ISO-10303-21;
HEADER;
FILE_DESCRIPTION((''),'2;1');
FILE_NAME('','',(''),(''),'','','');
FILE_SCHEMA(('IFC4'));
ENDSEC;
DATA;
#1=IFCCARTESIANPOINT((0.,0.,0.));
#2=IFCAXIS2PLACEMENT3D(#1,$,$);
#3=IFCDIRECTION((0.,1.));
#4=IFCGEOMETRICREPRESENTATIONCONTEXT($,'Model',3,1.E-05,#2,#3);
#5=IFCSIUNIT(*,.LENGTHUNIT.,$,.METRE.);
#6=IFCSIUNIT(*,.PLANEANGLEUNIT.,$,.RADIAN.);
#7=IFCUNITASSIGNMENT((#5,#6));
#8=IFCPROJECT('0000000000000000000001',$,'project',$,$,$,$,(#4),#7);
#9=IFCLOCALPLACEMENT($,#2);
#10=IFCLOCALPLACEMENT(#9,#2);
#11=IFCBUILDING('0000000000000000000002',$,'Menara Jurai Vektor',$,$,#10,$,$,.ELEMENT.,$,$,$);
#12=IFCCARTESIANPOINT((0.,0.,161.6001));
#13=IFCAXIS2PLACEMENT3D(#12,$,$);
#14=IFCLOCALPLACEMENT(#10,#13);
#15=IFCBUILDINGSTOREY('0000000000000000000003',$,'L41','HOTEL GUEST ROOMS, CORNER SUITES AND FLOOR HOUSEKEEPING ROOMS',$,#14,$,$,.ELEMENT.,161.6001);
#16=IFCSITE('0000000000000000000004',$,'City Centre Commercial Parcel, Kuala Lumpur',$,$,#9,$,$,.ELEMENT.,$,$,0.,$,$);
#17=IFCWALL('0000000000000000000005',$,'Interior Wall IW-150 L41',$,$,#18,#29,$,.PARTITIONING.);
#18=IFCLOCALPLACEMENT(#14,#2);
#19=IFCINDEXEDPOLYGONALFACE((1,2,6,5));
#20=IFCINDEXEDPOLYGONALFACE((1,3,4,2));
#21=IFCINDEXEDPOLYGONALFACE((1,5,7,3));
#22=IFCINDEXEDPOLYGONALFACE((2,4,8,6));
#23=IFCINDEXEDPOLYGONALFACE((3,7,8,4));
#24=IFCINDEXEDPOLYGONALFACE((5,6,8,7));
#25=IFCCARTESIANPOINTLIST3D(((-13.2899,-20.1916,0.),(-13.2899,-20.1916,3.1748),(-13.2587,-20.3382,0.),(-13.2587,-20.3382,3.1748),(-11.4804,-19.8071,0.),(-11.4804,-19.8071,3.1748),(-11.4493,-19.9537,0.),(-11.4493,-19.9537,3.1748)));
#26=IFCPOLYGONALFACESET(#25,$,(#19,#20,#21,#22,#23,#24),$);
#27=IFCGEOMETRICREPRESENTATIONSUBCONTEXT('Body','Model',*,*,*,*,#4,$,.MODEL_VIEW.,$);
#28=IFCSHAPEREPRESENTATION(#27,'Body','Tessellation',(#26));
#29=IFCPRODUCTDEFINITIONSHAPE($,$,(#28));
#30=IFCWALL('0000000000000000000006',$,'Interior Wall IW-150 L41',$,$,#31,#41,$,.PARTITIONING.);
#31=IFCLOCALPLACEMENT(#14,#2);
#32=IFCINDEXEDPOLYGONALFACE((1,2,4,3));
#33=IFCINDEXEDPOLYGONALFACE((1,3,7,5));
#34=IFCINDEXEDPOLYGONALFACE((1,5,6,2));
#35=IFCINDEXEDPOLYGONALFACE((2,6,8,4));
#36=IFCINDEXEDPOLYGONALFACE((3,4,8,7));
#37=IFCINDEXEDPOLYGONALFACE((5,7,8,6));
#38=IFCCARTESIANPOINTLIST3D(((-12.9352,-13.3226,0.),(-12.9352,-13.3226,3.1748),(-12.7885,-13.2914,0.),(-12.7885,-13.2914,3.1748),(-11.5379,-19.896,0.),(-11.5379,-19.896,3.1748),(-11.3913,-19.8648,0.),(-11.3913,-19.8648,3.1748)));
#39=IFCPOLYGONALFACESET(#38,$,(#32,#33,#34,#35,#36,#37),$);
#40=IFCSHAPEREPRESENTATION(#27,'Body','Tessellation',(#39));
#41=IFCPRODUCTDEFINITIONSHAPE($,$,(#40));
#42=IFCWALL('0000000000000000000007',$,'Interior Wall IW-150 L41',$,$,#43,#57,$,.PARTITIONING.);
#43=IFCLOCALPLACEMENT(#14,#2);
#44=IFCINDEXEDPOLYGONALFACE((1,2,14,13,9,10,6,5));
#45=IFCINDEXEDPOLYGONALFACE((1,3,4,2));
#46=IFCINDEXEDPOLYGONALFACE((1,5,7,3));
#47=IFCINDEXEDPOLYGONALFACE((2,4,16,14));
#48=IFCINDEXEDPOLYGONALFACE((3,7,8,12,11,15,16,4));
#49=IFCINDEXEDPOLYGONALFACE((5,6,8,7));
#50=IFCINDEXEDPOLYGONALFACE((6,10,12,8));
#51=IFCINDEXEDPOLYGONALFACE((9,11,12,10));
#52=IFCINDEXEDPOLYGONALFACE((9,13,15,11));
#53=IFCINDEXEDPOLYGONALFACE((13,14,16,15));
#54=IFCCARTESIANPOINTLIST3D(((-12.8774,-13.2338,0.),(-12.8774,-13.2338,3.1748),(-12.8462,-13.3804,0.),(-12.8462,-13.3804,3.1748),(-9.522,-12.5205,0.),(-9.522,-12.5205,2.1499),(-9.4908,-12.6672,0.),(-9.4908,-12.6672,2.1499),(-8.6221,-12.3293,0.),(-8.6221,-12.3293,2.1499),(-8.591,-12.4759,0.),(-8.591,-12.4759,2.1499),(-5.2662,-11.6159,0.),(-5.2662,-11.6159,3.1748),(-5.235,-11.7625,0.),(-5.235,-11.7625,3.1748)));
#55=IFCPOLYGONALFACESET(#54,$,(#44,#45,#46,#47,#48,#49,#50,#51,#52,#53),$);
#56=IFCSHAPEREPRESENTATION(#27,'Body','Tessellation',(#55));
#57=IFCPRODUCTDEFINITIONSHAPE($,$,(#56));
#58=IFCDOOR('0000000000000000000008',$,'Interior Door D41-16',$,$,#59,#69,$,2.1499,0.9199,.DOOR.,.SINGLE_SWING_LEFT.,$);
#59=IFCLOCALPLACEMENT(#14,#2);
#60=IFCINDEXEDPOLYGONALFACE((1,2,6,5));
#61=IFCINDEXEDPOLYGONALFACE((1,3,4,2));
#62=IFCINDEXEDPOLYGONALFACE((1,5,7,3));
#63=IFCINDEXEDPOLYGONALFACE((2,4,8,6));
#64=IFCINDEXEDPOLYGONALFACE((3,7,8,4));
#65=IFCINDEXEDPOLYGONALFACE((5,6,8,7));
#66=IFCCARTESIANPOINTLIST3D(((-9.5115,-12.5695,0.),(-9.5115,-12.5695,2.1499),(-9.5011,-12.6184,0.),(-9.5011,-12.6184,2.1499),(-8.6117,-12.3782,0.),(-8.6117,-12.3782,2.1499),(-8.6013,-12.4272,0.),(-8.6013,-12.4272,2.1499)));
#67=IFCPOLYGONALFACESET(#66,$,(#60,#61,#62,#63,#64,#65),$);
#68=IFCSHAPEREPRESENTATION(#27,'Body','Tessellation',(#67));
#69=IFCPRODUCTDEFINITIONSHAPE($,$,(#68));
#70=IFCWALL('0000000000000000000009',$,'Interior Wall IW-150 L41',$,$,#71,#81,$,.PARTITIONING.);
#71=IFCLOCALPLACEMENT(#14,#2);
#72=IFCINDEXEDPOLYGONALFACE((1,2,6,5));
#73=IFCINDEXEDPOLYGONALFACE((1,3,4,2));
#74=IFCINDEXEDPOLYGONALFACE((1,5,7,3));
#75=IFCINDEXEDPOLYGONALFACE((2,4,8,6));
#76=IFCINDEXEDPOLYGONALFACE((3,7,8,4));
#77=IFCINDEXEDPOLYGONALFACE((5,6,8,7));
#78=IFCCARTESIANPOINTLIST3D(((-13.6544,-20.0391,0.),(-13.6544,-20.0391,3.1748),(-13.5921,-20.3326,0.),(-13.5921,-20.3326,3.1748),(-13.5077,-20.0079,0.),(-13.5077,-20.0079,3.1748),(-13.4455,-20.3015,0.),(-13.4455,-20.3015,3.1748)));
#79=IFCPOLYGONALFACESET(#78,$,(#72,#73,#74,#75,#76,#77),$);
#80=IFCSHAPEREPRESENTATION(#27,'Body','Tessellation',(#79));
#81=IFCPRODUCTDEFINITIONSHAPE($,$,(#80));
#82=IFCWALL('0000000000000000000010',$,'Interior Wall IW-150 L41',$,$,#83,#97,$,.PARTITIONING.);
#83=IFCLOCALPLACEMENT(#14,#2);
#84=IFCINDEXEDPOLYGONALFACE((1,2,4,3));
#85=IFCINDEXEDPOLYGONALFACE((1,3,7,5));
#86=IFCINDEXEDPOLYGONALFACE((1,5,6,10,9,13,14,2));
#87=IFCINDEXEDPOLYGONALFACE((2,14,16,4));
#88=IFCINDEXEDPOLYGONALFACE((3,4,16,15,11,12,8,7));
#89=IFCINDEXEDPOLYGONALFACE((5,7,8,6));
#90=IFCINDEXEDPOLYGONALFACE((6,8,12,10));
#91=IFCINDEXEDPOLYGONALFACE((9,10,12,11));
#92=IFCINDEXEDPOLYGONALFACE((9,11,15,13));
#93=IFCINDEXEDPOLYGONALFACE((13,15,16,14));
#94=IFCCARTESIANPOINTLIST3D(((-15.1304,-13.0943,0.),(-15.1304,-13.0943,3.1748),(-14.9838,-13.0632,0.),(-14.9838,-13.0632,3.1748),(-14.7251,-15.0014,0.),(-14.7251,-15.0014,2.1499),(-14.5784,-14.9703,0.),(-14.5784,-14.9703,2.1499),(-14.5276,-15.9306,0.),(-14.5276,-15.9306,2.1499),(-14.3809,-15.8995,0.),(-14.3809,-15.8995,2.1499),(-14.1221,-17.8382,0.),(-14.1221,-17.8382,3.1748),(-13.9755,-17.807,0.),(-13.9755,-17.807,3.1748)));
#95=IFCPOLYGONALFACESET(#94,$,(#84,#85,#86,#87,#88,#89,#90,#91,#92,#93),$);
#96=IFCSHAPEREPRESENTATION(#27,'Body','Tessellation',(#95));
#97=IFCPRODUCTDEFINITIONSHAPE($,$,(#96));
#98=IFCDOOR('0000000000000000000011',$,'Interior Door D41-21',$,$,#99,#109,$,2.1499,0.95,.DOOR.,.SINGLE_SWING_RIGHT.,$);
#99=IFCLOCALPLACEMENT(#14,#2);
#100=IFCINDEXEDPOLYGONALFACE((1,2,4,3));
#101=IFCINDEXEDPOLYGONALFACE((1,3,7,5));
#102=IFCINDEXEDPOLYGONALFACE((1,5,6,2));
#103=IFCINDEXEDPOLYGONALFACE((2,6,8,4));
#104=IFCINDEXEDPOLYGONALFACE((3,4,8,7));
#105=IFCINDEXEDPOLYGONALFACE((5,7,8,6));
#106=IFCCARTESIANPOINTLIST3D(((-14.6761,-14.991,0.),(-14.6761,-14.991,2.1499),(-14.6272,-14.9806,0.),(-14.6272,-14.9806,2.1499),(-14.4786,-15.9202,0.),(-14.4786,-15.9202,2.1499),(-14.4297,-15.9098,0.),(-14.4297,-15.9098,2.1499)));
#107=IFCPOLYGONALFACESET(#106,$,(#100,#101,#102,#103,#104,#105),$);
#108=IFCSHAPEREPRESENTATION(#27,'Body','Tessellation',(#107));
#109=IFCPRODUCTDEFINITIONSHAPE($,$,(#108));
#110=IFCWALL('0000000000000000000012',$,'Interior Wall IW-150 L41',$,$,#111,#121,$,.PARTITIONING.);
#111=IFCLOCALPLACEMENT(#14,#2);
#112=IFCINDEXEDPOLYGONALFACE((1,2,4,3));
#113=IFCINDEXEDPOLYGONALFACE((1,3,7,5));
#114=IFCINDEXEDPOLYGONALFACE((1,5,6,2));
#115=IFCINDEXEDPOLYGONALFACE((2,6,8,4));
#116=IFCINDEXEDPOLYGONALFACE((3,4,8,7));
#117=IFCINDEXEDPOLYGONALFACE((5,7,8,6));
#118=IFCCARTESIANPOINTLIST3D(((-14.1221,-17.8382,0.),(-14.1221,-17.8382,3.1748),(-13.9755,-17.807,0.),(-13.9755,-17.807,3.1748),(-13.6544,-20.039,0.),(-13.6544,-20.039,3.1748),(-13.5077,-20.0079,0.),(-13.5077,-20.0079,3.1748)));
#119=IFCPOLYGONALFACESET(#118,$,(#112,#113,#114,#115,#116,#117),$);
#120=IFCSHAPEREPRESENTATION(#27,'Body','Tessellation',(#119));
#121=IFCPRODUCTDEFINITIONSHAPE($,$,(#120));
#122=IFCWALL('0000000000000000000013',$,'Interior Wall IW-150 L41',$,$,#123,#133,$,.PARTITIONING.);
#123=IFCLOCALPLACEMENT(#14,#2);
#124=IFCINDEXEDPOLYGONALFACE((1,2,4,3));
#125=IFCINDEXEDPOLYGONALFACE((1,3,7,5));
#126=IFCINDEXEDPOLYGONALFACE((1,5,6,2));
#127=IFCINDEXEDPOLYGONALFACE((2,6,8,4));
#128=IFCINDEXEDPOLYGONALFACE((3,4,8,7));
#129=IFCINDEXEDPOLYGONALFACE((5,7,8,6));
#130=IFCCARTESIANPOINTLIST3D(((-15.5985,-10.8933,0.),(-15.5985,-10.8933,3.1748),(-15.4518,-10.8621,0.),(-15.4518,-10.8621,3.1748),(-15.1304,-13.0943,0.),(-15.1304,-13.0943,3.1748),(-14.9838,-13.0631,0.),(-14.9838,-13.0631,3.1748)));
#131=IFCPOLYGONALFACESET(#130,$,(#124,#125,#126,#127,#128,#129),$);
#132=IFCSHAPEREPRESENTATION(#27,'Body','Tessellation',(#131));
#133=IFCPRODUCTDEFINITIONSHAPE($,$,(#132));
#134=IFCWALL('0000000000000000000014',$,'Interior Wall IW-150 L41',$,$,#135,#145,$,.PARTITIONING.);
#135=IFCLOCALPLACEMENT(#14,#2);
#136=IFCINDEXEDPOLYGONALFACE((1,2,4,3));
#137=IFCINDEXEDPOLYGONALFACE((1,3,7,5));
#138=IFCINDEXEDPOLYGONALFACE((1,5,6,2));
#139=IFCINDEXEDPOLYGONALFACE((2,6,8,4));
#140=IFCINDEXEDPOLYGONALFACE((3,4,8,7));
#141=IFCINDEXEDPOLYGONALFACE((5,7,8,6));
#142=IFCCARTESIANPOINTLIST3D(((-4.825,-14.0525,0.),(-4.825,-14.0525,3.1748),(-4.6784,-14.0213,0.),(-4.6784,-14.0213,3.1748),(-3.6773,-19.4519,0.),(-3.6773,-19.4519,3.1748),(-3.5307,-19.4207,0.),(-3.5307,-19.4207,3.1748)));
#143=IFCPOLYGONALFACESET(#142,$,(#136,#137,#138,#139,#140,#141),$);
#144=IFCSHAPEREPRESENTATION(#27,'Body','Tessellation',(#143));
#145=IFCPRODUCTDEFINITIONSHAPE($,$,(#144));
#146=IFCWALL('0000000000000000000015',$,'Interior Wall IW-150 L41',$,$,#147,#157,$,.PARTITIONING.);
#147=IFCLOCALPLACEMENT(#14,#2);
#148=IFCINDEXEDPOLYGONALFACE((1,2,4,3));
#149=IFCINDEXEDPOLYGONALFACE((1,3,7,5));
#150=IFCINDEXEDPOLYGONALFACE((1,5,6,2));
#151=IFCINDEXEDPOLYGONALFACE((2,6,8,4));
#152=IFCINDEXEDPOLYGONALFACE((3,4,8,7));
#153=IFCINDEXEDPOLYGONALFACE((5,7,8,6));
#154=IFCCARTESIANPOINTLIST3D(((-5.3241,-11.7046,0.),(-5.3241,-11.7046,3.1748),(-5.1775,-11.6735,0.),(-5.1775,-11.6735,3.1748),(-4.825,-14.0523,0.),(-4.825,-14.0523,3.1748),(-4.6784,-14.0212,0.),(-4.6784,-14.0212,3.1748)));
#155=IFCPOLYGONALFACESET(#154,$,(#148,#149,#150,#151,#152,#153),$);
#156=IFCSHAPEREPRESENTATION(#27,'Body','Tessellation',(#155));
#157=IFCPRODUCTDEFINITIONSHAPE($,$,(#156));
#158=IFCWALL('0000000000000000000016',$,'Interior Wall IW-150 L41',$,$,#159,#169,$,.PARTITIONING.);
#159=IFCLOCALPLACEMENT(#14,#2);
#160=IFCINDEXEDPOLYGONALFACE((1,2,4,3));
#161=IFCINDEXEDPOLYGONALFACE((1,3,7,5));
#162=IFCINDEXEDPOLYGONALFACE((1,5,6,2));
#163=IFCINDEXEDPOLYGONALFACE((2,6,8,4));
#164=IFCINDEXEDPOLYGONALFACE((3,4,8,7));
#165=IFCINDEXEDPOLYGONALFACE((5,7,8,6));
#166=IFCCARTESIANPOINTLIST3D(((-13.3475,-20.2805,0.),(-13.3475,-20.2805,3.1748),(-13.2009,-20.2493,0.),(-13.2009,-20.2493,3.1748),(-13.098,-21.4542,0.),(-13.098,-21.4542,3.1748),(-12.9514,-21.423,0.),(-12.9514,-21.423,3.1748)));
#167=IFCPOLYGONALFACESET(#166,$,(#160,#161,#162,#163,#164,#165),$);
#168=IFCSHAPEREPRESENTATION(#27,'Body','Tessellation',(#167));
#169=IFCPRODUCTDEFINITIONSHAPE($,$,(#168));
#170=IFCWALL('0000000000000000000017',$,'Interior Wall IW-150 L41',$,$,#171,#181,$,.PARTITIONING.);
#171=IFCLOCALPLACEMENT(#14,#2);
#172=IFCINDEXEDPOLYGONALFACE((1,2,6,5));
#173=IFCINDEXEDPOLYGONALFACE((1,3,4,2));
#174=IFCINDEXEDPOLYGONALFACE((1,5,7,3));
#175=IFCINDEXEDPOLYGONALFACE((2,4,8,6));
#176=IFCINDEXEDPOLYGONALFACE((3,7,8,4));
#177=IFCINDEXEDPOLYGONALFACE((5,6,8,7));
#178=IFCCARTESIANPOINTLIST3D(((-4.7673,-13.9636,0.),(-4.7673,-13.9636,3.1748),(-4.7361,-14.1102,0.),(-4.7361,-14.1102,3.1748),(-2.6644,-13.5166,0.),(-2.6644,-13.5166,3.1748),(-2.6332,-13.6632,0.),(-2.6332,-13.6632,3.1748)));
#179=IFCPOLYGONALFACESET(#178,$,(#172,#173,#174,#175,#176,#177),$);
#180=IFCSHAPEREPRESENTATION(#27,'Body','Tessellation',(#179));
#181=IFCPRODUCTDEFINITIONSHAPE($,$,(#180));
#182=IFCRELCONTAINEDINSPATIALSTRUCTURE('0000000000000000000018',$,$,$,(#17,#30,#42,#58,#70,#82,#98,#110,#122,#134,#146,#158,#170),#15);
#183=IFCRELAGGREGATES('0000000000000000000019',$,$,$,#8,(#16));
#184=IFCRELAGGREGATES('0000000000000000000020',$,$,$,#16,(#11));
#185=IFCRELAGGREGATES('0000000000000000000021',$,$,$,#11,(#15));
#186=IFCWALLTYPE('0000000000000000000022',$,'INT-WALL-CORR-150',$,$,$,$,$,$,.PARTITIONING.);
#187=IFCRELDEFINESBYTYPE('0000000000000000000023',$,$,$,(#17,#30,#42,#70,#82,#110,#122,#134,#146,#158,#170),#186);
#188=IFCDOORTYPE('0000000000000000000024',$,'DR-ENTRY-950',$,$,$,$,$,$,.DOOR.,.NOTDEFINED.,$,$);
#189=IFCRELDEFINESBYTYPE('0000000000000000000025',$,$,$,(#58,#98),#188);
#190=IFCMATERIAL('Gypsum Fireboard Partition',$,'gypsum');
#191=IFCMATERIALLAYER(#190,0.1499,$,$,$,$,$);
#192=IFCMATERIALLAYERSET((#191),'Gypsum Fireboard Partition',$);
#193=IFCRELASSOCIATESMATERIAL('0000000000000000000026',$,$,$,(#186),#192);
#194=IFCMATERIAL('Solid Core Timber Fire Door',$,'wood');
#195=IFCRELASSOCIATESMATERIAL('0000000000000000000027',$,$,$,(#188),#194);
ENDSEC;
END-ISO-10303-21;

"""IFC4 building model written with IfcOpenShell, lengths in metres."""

from ifc_helpers import new_model, si_unit, direction, frame, frame_2d, origin, place, context, subcontext, project, spatial, rectangle, extrude, material, layer, layer_set, type_object, element, fill, save


model = new_model("IFC4")

# Units and contexts
model_context = context("Model", 3, precision=1e-05, world=origin(), true_north=direction((0.0, 1.0)))
body_context = subcontext(model_context, "Body", "Model", "MODEL_VIEW")
ifc_project = project(units=[si_unit("LENGTHUNIT", "METRE"), si_unit("PLANEANGLEUNIT", "RADIAN")], contexts=[model_context])

# Site, building, storey
site_placement = place(None, origin())
site = spatial("IfcSite", under=ifc_project, at=site_placement, Name="City Centre Commercial Parcel, Kuala Lumpur", CompositionType="ELEMENT", RefElevation=0.0)
building_placement = place(site_placement, origin())
building = spatial("IfcBuilding", under=site, at=building_placement, Name="Menara Jurai Vektor", CompositionType="ELEMENT")
storey_placement = place(building_placement, frame((0.0, 0.0, 161.6001)))
storey = spatial("IfcBuildingStorey", under=building, at=storey_placement, Name="L41", Description="HOTEL GUEST ROOMS, CORNER SUITES AND FLOOR HOUSEKEEPING ROOMS", CompositionType="ELEMENT", Elevation=161.6001)

# Walls
ifc_material_1 = material(Name="Gypsum Fireboard Partition", Category="gypsum")
ifc_layer_1 = layer(ifc_material_1, 0.1499)
ifc_layer_set_1 = layer_set([ifc_layer_1], Name="Gypsum Fireboard Partition")
wall_type = type_object("IfcWallType", Name="INT-WALL-CORR-150", PredefinedType="PARTITIONING", material=ifc_layer_set_1)
wall_1_placement = place(storey_placement, frame((-13.2742, -20.2649, 0.0), z_axis=(0.0, 0.0, 1.0), x_axis=(0.97816, 0.207852, 0.0)))
element("IfcWall", 1, at=wall_1_placement, inside=storey, type_object=wall_type, Name="Interior Wall IW-150 L41", PredefinedType="PARTITIONING", context=body_context, shape_type="SweptSolid", body=[
    extrude(rectangle(XDim=1.8499, YDim=0.1499, at=frame_2d((0.9248, 0.0))), origin(), (0.0, 0.0, 1.0), 3.1748),
])
wall_2_placement = place(storey_placement, frame((-11.4646, -19.8804, 0.0), z_axis=(0.0, 0.0, 1.0), x_axis=(-0.207916, 0.978147, 0.0)))
element("IfcWall", 2, at=wall_2_placement, inside=storey, type_object=wall_type, Name="Interior Wall IW-150 L41", PredefinedType="PARTITIONING", context=body_context, shape_type="SweptSolid", body=[
    extrude(rectangle(XDim=6.7202, YDim=0.1499, at=frame_2d((3.3601, 0.0))), origin(), (0.0, 0.0, 1.0), 3.1748),
])

# Wall, opening, door
wall_3_placement = place(storey_placement, frame((-12.8618, -13.3071, 0.0), z_axis=(0.0, 0.0, 1.0), x_axis=(0.978144, 0.207928, 0.0)))
wall_3 = element("IfcWall", 3, at=wall_3_placement, inside=storey, type_object=wall_type, Name="Interior Wall IW-150 L41", PredefinedType="PARTITIONING", context=body_context, shape_type="SweptSolid", body=[
    extrude(rectangle(XDim=7.7812, YDim=0.1499, at=frame_2d((3.8906, 0.0))), origin(), (0.0, 0.0, 1.0), 3.1748),
])
opening_1_placement = place(wall_3_placement, frame((3.4304, 0.0, 0.0)))
opening_1 = element("IfcOpeningElement", 4, at=opening_1_placement, cuts=wall_3, PredefinedType="OPENING", context=body_context, shape_type="SweptSolid", body=[
    extrude(rectangle(XDim=0.9199, YDim=2.1499, at=frame_2d((0.46, 1.075))), frame((0.0, 0.085, 0.0), z_axis=(0.0, -1.0, 0.0), x_axis=(1.0, 0.0, 0.0)), (0.0, 0.0, 1.0), 0.1699),
])
ifc_material_2 = material(Name="Solid Core Timber Fire Door", Category="wood")
door_type_1 = type_object("IfcDoorType", Name="DR-ENTRY-950", OperationType="NOTDEFINED", PredefinedType="DOOR", material=ifc_material_2)
door_1_placement = place(opening_1_placement, origin())
door_1 = element("IfcDoor", 5, at=door_1_placement, inside=storey, type_object=door_type_1, Name="Interior Door D41-16", OperationType="SINGLE_SWING_LEFT", OverallHeight=2.1499, OverallWidth=0.9199, PredefinedType="DOOR", context=body_context, shape_type="SweptSolid", body=[
    extrude(rectangle(XDim=0.9199, YDim=2.1499, at=frame_2d((0.46, 1.075))), frame((0.0, 0.0249, 0.0), z_axis=(0.0, -1.0, 0.0), x_axis=(1.0, 0.0, 0.0)), (0.0, 0.0, 1.0), 0.05),
])
fill(opening_1, door_1)

# Wall
wall_4_placement = place(storey_placement, frame((-13.5188, -20.3169, 0.0), z_axis=(0.0, 0.0, 1.0), x_axis=(-0.207528, 0.978229, 0.0)))
element("IfcWall", 6, at=wall_4_placement, inside=storey, type_object=wall_type, Name="Interior Wall IW-150 L41", PredefinedType="PARTITIONING", context=body_context, shape_type="SweptSolid", body=[
    extrude(rectangle(XDim=0.3, YDim=0.1499, at=frame_2d((0.1499, 0.0))), origin(), (0.0, 0.0, 1.0), 3.1748),
])

# Wall, opening, door
wall_5_placement = place(storey_placement, frame((-14.0488, -17.8225, 0.0), z_axis=(0.0, 0.0, 1.0), x_axis=(-0.207903, 0.97815, 0.0)))
wall_5 = element("IfcWall", 7, at=wall_5_placement, inside=storey, type_object=wall_type, Name="Interior Wall IW-150 L41", PredefinedType="PARTITIONING", context=body_context, shape_type="SweptSolid", body=[
    extrude(rectangle(XDim=4.8499, YDim=0.1499, at=frame_2d((2.4248, 0.0))), origin(), (0.0, 0.0, 1.0), 3.1748),
])
opening_2_placement = place(wall_5_placement, frame((1.95, 0.0, 0.0)))
opening_2 = element("IfcOpeningElement", 8, at=opening_2_placement, cuts=wall_5, PredefinedType="OPENING", context=body_context, shape_type="SweptSolid", body=[
    extrude(rectangle(XDim=0.95, YDim=2.1499, at=frame_2d((0.4751, 1.075))), frame((0.0, 0.085, 0.0), z_axis=(0.0, -1.0, 0.0), x_axis=(1.0, 0.0, 0.0)), (0.0, 0.0, 1.0), 0.1699),
])
door_2_placement = place(opening_2_placement, origin())
door_2 = element("IfcDoor", 9, at=door_2_placement, inside=storey, type_object=door_type_1, Name="Interior Door D41-21", OperationType="SINGLE_SWING_RIGHT", OverallHeight=2.1499, OverallWidth=0.95, PredefinedType="DOOR", context=body_context, shape_type="SweptSolid", body=[
    extrude(rectangle(XDim=0.95, YDim=2.1499, at=frame_2d((0.4751, 1.075))), frame((0.0, 0.0249, 0.0), z_axis=(0.0, -1.0, 0.0), x_axis=(1.0, 0.0, 0.0)), (0.0, 0.0, 1.0), 0.05),
])
fill(opening_2, door_2)

# Walls
wall_6_placement = place(storey_placement, frame((-13.5811, -20.0234, 0.0), z_axis=(0.0, 0.0, 1.0), x_axis=(-0.207891, 0.978152, 0.0)))
element("IfcWall", 10, at=wall_6_placement, inside=storey, type_object=wall_type, Name="Interior Wall IW-150 L41", PredefinedType="PARTITIONING", context=body_context, shape_type="SweptSolid", body=[
    extrude(rectangle(XDim=2.25, YDim=0.1499, at=frame_2d((1.125, 0.0))), origin(), (0.0, 0.0, 1.0), 3.1748),
])
wall_7_placement = place(storey_placement, frame((-15.0571, -13.0786, 0.0), z_axis=(0.0, 0.0, 1.0), x_axis=(-0.207995, 0.97813, 0.0)))
element("IfcWall", 11, at=wall_7_placement, inside=storey, type_object=wall_type, Name="Interior Wall IW-150 L41", PredefinedType="PARTITIONING", context=body_context, shape_type="SweptSolid", body=[
    extrude(rectangle(XDim=2.2502, YDim=0.1499, at=frame_2d((1.125, 0.0))), origin(), (0.0, 0.0, 1.0), 3.1748),
])
wall_8_placement = place(storey_placement, frame((-3.604, -19.4363, 0.0), z_axis=(0.0, 0.0, 1.0), x_axis=(-0.207916, 0.978147, 0.0)))
element("IfcWall", 12, at=wall_8_placement, inside=storey, type_object=wall_type, Name="Interior Wall IW-150 L41", PredefinedType="PARTITIONING", context=body_context, shape_type="SweptSolid", body=[
    extrude(rectangle(XDim=5.52, YDim=0.1499, at=frame_2d((2.76, 0.0))), origin(), (0.0, 0.0, 1.0), 3.1748),
])
wall_9_placement = place(storey_placement, frame((-4.7517, -14.0369, 0.0), z_axis=(0.0, 0.0, 1.0), x_axis=(-0.207917, 0.978146, 0.0)))
element("IfcWall", 13, at=wall_9_placement, inside=storey, type_object=wall_type, Name="Interior Wall IW-150 L41", PredefinedType="PARTITIONING", context=body_context, shape_type="SweptSolid", body=[
    extrude(rectangle(XDim=2.4001, YDim=0.1499, at=frame_2d((1.2002, 0.0))), origin(), (0.0, 0.0, 1.0), 3.1748),
])
wall_10_placement = place(storey_placement, frame((-13.0247, -21.4387, 0.0), z_axis=(0.0, 0.0, 1.0), x_axis=(-0.207917, 0.978146, 0.0)))
element("IfcWall", 14, at=wall_10_placement, inside=storey, type_object=wall_type, Name="Interior Wall IW-150 L41", PredefinedType="PARTITIONING", context=body_context, shape_type="SweptSolid", body=[
    extrude(rectangle(XDim=1.2, YDim=0.1499, at=frame_2d((0.6001, 0.0))), origin(), (0.0, 0.0, 1.0), 3.1748),
])
wall_11_placement = place(storey_placement, frame((-4.7517, -14.0369, 0.0), z_axis=(0.0, 0.0, 1.0), x_axis=(0.978147, 0.207916, 0.0)))
element("IfcWall", 15, at=wall_11_placement, inside=storey, type_object=wall_type, Name="Interior Wall IW-150 L41", PredefinedType="PARTITIONING", context=body_context, shape_type="SweptSolid", body=[
    extrude(rectangle(XDim=2.1499, YDim=0.1499, at=frame_2d((1.075, 0.0))), origin(), (0.0, 0.0, 1.0), 3.1748),
])

save(model, "model.ifc")
